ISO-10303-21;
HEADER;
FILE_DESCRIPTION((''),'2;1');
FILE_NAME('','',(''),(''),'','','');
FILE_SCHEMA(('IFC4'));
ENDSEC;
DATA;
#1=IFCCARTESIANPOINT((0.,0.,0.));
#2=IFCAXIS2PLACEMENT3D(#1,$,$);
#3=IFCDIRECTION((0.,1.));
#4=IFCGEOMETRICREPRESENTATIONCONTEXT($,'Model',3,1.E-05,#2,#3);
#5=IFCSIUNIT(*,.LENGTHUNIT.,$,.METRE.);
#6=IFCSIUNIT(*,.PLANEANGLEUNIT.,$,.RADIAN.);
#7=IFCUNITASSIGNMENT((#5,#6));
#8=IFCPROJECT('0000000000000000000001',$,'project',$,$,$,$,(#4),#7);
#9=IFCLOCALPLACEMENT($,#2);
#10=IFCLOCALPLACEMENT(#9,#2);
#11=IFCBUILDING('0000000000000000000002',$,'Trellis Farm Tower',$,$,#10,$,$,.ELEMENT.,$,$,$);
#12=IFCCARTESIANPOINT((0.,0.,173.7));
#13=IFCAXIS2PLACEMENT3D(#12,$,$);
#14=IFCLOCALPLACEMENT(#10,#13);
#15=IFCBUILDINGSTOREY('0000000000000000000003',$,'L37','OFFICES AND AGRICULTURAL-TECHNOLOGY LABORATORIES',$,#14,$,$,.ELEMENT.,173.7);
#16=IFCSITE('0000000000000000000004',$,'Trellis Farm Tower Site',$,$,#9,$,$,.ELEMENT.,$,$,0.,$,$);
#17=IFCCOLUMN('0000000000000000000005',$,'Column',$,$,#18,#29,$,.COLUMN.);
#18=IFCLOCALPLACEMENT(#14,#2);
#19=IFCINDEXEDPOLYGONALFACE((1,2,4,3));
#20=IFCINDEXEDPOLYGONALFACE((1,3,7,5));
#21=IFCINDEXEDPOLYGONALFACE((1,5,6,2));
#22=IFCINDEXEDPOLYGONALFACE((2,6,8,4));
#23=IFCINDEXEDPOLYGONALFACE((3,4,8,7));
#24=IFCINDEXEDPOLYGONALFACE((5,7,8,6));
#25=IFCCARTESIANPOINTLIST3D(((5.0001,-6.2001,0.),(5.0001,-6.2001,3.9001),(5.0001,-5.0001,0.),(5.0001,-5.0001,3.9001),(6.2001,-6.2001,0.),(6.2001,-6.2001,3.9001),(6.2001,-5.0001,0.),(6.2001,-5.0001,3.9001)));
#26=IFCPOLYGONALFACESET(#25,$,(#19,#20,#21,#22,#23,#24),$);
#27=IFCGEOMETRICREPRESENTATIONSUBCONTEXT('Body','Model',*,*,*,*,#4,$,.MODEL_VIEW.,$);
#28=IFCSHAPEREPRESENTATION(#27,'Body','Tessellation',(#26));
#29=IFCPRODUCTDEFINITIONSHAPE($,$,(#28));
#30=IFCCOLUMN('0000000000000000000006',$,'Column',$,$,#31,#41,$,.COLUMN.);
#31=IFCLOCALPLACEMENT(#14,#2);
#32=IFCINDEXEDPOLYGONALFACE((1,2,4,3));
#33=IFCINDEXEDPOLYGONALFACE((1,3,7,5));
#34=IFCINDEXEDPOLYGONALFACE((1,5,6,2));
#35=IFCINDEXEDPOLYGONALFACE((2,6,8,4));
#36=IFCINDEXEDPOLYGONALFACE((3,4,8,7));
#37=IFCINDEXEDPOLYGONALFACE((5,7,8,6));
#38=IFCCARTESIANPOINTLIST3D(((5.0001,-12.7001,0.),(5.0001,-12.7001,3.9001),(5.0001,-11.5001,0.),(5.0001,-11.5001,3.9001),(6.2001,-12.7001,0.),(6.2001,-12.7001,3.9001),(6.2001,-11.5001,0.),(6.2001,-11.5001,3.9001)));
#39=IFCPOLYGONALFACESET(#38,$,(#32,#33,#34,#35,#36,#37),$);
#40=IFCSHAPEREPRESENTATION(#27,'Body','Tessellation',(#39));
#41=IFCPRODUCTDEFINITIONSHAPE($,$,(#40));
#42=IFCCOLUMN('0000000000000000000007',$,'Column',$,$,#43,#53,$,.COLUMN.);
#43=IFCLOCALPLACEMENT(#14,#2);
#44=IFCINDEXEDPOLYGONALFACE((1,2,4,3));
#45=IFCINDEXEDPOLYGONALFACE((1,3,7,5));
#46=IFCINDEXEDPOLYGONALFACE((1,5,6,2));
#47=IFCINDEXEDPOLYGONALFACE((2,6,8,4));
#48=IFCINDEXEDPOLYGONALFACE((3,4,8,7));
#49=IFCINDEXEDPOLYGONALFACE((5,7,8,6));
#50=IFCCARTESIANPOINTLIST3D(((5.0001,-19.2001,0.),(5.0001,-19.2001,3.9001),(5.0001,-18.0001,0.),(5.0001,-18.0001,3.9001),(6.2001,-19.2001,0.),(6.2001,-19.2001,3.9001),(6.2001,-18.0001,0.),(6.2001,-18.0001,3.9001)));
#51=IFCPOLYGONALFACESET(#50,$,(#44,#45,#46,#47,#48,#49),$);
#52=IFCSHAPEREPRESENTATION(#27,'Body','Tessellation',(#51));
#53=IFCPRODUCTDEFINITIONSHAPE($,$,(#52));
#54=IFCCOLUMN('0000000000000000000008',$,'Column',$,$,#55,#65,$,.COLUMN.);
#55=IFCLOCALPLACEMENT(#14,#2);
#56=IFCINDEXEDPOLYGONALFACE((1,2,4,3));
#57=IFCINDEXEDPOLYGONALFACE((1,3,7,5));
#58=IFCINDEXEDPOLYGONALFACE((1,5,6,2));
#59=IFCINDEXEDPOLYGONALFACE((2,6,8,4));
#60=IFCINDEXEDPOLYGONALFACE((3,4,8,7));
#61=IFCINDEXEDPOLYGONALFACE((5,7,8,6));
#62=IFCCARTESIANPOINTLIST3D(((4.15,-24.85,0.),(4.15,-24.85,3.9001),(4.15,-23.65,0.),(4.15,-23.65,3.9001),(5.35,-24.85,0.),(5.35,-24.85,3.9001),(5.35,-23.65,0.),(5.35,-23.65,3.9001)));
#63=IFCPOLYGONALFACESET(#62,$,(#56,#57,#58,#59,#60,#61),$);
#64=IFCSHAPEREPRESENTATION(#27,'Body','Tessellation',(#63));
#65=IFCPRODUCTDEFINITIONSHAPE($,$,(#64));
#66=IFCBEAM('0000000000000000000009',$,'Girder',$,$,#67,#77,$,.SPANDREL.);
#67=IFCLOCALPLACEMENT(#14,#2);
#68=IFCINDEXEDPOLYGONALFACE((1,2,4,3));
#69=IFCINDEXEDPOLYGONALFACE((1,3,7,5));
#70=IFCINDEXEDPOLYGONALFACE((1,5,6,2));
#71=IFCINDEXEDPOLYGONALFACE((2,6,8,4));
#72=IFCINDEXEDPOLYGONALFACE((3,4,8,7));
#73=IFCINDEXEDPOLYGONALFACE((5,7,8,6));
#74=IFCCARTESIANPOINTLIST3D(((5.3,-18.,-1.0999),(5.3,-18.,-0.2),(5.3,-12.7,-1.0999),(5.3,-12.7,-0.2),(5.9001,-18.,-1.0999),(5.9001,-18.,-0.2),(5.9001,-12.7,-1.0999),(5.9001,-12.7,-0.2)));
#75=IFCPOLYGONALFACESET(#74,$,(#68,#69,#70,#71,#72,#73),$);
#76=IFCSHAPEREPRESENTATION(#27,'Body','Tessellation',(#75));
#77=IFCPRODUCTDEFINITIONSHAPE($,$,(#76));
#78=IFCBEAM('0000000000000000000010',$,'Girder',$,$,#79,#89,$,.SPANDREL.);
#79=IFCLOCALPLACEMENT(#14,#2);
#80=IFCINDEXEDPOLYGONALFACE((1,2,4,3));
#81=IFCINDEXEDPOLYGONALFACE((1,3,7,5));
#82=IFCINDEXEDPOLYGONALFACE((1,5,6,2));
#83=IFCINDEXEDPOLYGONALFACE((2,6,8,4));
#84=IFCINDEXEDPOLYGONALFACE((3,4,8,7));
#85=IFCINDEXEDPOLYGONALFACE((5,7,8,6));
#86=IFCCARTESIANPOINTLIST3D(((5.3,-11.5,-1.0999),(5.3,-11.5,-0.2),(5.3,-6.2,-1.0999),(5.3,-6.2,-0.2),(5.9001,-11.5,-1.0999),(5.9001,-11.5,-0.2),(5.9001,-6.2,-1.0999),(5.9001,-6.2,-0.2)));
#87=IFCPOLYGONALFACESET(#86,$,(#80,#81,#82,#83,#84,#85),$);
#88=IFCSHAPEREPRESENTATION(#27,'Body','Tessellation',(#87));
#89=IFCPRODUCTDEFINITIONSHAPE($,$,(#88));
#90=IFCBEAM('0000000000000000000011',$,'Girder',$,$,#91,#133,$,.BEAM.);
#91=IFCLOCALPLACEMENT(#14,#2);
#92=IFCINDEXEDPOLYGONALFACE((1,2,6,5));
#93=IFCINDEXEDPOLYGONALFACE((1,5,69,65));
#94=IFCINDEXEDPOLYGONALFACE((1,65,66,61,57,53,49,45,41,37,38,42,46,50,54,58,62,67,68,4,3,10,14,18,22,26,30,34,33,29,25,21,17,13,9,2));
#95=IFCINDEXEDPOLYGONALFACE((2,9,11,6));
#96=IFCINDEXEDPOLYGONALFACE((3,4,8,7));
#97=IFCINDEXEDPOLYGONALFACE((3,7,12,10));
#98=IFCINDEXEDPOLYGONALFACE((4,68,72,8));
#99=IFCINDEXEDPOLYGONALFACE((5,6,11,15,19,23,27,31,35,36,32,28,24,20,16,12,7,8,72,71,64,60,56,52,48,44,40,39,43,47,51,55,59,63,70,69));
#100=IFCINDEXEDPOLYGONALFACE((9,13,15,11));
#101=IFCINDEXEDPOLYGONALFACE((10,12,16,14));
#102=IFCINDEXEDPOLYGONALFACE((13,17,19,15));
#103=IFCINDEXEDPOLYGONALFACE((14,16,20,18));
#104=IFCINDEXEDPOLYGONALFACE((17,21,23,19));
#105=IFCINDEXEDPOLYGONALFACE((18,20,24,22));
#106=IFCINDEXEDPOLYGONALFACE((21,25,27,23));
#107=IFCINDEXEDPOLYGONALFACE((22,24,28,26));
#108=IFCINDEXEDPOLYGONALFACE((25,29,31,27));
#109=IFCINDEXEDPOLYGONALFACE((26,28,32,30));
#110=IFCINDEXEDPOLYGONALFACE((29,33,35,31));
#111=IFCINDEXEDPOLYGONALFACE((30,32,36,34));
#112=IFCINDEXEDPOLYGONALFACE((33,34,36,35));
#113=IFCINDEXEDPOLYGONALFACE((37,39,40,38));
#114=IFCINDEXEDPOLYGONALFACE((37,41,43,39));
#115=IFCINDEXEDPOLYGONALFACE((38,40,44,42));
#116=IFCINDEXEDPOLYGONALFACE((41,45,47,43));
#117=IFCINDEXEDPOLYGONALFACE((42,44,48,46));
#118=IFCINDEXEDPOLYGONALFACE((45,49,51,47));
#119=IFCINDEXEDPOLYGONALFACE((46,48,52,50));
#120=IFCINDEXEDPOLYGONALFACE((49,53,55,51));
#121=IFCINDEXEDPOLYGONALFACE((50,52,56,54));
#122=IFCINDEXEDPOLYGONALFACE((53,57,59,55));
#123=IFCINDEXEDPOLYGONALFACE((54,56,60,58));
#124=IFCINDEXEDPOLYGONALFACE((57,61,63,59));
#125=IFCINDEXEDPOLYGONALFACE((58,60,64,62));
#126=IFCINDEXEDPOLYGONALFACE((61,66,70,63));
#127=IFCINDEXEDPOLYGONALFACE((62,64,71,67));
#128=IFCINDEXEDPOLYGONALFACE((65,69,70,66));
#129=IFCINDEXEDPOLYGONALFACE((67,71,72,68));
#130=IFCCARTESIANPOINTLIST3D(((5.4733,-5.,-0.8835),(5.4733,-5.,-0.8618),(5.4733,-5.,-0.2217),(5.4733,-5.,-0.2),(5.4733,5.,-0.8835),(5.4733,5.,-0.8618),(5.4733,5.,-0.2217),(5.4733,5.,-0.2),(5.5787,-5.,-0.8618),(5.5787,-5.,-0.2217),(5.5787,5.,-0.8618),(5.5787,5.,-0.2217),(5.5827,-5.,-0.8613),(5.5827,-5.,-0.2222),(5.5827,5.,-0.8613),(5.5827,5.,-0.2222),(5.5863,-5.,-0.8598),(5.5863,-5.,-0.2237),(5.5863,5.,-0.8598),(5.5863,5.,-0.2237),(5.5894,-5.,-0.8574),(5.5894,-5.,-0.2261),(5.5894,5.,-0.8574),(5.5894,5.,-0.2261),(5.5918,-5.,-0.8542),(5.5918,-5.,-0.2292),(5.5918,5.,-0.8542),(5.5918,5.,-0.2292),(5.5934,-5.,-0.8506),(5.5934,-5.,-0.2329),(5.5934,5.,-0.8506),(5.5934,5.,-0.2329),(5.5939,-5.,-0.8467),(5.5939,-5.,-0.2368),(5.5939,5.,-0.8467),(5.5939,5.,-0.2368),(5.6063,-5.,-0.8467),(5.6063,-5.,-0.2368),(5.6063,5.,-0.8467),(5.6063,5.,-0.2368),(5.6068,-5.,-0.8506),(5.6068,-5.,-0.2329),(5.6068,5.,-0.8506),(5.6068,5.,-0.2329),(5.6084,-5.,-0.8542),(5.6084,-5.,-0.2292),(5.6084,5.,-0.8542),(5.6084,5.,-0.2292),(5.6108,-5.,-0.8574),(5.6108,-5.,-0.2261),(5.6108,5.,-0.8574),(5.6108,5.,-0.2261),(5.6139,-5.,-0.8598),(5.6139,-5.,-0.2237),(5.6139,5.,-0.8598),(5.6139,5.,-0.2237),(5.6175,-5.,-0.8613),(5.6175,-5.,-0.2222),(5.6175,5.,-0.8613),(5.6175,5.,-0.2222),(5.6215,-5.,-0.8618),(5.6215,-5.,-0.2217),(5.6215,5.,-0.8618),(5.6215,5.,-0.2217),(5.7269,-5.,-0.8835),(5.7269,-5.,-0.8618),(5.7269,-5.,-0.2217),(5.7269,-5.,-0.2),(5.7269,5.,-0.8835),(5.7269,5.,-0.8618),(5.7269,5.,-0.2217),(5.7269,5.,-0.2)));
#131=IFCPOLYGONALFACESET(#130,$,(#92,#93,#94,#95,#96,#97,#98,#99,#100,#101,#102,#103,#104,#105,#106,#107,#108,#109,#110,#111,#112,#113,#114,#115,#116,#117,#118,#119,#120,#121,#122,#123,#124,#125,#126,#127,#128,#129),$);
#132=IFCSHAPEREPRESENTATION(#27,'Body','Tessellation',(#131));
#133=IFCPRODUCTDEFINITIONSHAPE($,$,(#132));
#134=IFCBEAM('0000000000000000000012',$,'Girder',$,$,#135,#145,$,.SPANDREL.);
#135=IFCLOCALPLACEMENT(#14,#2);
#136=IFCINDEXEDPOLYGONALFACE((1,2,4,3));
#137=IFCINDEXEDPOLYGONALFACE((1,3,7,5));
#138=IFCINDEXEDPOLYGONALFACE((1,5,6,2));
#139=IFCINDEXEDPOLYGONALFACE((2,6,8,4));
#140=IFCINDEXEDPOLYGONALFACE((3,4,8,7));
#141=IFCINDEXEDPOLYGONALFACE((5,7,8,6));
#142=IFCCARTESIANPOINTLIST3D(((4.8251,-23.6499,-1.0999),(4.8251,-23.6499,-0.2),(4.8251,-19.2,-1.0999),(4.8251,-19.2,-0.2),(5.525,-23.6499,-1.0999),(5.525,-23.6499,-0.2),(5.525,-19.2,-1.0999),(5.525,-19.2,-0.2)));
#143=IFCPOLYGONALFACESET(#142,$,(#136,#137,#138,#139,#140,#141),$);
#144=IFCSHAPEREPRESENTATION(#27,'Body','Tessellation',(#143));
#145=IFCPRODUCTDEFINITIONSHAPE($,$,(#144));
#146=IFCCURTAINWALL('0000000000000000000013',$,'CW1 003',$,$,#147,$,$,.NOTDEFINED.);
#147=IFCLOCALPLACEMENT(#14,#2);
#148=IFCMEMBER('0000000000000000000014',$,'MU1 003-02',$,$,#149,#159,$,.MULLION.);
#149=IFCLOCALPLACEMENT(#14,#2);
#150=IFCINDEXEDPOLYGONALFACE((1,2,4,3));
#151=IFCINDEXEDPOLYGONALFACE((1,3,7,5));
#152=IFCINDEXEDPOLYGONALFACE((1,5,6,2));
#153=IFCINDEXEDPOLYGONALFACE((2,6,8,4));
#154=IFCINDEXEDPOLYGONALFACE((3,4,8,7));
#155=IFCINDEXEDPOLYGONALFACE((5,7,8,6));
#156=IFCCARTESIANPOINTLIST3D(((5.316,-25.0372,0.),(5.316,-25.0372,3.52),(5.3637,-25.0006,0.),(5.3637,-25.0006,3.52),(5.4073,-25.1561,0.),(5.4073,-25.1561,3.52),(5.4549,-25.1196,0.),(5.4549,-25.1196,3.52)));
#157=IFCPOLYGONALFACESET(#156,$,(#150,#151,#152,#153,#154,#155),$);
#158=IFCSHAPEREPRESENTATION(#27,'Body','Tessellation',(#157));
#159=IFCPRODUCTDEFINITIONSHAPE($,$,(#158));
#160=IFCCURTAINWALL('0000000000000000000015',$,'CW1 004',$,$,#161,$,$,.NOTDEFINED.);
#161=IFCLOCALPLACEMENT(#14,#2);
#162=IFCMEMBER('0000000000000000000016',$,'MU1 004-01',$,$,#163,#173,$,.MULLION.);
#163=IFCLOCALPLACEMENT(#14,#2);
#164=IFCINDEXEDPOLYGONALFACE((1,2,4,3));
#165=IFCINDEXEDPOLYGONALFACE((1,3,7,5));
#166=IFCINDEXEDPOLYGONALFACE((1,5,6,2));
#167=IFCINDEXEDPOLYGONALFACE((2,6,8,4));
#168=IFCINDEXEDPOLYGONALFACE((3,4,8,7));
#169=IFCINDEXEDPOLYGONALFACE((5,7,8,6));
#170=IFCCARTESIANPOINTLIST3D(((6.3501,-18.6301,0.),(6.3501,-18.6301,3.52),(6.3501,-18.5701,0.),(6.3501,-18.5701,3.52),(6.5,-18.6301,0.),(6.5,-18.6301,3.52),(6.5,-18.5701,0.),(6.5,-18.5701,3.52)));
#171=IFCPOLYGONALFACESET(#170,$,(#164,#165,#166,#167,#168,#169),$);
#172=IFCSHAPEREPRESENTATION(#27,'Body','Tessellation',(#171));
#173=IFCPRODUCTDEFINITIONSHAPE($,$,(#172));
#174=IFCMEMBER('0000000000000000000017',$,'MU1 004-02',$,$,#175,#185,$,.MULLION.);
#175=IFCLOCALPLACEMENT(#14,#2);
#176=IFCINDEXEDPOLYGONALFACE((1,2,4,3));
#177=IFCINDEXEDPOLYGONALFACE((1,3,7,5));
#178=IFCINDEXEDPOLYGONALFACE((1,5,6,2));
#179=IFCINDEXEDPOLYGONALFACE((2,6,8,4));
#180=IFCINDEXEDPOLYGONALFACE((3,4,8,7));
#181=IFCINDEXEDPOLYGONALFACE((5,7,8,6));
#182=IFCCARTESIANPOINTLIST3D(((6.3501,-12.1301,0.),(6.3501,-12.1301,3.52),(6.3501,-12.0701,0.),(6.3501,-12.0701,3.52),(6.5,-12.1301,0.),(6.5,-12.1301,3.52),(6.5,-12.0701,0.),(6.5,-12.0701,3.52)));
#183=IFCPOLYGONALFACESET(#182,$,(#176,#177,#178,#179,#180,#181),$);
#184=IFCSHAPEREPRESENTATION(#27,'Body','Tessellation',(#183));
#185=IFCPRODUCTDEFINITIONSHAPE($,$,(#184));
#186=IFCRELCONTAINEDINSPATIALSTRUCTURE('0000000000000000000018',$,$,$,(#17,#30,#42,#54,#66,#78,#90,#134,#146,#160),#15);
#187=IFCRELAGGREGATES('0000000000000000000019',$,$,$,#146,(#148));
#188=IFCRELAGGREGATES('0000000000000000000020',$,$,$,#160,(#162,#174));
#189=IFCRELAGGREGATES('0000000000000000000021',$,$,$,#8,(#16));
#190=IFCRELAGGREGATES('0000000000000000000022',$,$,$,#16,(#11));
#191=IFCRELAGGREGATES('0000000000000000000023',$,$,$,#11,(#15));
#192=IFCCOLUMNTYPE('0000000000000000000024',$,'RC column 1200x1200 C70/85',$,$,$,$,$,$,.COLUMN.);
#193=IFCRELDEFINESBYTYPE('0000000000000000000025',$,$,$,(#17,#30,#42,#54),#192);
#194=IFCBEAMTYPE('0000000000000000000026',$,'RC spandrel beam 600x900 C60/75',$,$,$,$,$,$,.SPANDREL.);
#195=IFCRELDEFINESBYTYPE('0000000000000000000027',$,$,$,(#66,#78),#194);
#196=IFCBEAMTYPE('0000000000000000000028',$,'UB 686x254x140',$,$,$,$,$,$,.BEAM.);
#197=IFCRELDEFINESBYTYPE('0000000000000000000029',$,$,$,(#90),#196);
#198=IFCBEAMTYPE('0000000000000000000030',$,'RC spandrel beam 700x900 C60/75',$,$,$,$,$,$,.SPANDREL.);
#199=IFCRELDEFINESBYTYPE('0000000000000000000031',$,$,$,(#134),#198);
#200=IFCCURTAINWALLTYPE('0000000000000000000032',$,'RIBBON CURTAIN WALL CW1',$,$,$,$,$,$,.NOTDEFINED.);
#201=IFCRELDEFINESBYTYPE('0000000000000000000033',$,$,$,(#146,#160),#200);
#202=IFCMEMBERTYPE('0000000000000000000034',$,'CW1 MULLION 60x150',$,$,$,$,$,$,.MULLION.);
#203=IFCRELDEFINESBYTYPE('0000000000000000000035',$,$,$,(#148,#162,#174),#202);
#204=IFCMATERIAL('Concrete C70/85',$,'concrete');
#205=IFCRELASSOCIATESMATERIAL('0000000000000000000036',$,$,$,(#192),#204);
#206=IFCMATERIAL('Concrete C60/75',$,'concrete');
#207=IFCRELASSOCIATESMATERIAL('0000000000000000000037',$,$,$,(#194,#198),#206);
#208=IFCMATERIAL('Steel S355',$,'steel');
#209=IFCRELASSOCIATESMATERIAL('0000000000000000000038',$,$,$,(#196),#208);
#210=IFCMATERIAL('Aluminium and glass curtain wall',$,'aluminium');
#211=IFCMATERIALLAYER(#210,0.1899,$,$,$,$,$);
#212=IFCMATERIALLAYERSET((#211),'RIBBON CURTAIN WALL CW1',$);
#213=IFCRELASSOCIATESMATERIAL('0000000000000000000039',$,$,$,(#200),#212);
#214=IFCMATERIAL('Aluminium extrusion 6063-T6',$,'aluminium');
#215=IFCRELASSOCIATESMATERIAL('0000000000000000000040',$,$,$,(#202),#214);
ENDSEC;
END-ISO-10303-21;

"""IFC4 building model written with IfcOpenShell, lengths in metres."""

from ifc_helpers import new_model, si_unit, direction, frame, origin, origin_2d, place, context, subcontext, project, spatial, rectangle, i_section, extrude, source, transform, mapped, material, layer, layer_set, material_profile, profile_set, type_object, element, aggregate, save


model = new_model("IFC4")

# Units and contexts
model_context = context("Model", 3, precision=1e-05, world=origin(), true_north=direction((0.0, 1.0)))
body_context = subcontext(model_context, "Body", "Model", "MODEL_VIEW")
ifc_project = project(units=[si_unit("LENGTHUNIT", "METRE"), si_unit("PLANEANGLEUNIT", "RADIAN")], contexts=[model_context])

# Site, building, storey
site_placement = place(None, origin())
site = spatial("IfcSite", under=ifc_project, at=site_placement, Name="Trellis Farm Tower Site", CompositionType="ELEMENT", RefElevation=0.0)
building_placement = place(site_placement, origin())
building = spatial("IfcBuilding", under=site, at=building_placement, Name="Trellis Farm Tower", CompositionType="ELEMENT")
storey_placement = place(building_placement, frame((0.0, 0.0, 173.7)))
storey = spatial("IfcBuildingStorey", under=building, at=storey_placement, Name="L37", Description="OFFICES AND AGRICULTURAL-TECHNOLOGY LABORATORIES", CompositionType="ELEMENT", Elevation=173.7)

# Columns
ifc_material_1 = material(Name="Concrete C70/85", Category="concrete")
ifc_material_profile_1 = material_profile(ifc_material_1, rectangle(XDim=1.2, YDim=1.2, at=origin_2d()), Name="RC column 1200x1200 C70/85")
ifc_profile_set_1 = profile_set([ifc_material_profile_1], Name="Concrete C70/85")
column_type = type_object("IfcColumnType", Name="RC column 1200x1200 C70/85", PredefinedType="COLUMN", material=ifc_profile_set_1)
shared_shape_1 = source(origin(), body_context, "Body", "SweptSolid", [
    extrude(rectangle(XDim=1.2, YDim=1.2, at=origin_2d()), origin(), (0.0, 0.0, 1.0), 3.9001),
])
for number, where, z_axis, x_axis, name in (
    (1, (5.6001, -5.6001, 0.0), (0.0, 0.0, 1.0), (1.0, 0.0, 0.0), "Column"),
    (2, (5.6001, -12.1001, 0.0), (0.0, 0.0, 1.0), (1.0, 0.0, 0.0), "Column"),
    (3, (5.6001, -18.6001, 0.0), (0.0, 0.0, 1.0), (1.0, 0.0, 0.0), "Column"),
    (4, (4.75, -24.25, 0.0), (0.0, 0.0, 1.0), (1.0, 0.0, 0.0), "Column"),
):
    element("IfcColumn", number, at=place(storey_placement, frame(where, z_axis=z_axis, x_axis=x_axis)), inside=storey, type_object=column_type, Name=name, PredefinedType="COLUMN", context=body_context, shape_type="MappedRepresentation", body=[
        mapped(shared_shape_1, transform((0.0, 0.0, 0.0))),
    ])

# Beams
ifc_material_2 = material(Name="Concrete C60/75", Category="concrete")
ifc_material_profile_2 = material_profile(ifc_material_2, rectangle(XDim=0.6001, YDim=0.8999, at=origin_2d()), Name="RC spandrel beam 600x900 C60/75")
ifc_profile_set_2 = profile_set([ifc_material_profile_2], Name="Concrete C60/75")
beam_type_1 = type_object("IfcBeamType", Name="RC spandrel beam 600x900 C60/75", PredefinedType="SPANDREL", material=ifc_profile_set_2)
shared_shape_2 = source(origin(), body_context, "Body", "SweptSolid", [
    extrude(rectangle(XDim=0.6001, YDim=0.8999, at=origin_2d()), origin(), (0.0, 0.0, 1.0), 5.3),
])
for number, where, z_axis, x_axis, name in (
    (5, (5.6001, -18.0, -0.6499), (0.0, 1.0, 0.0), (-1.0, 0.0, 0.0), "Girder"),
    (6, (5.6001, -11.5, -0.6499), (0.0, 1.0, 0.0), (-1.0, 0.0, 0.0), "Girder"),
):
    element("IfcBeam", number, at=place(storey_placement, frame(where, z_axis=z_axis, x_axis=x_axis)), inside=storey, type_object=beam_type_1, Name=name, PredefinedType="SPANDREL", context=body_context, shape_type="MappedRepresentation", body=[
        mapped(shared_shape_2, transform((0.0, 0.0, 0.0))),
    ])
ifc_material_3 = material(Name="Steel S355", Category="steel")
ifc_material_profile_3 = material_profile(ifc_material_3, i_section(OverallWidth=0.2537, OverallDepth=0.6836, WebThickness=0.0125, FlangeThickness=0.0217, FilletRadius=0.0151, at=origin_2d()), Name="UB 686x254x140")
ifc_profile_set_3 = profile_set([ifc_material_profile_3], Name="Steel S355")
beam_type_2 = type_object("IfcBeamType", Name="UB 686x254x140", PredefinedType="BEAM", material=ifc_profile_set_3)
shared_shape_3 = source(origin(), body_context, "Body", "SweptSolid", [
    extrude(i_section(OverallWidth=0.2537, OverallDepth=0.6836, WebThickness=0.0125, FlangeThickness=0.0217, FilletRadius=0.0151, at=origin_2d()), origin(), (0.0, 0.0, 1.0), 10.0),
])
beam_1_placement = place(storey_placement, frame((5.6001, -5.0, -0.5417), z_axis=(0.0, 1.0, 0.0), x_axis=(-1.0, 0.0, 0.0)))
element("IfcBeam", 7, at=beam_1_placement, inside=storey, type_object=beam_type_2, Name="Girder", PredefinedType="BEAM", context=body_context, shape_type="MappedRepresentation", body=[
    mapped(shared_shape_3, transform((0.0, 0.0, 0.0))),
])
ifc_material_profile_4 = material_profile(ifc_material_2, rectangle(XDim=0.7, YDim=0.8999, at=origin_2d()), Name="RC spandrel beam 700x900 C60/75")
ifc_profile_set_4 = profile_set([ifc_material_profile_4], Name="Concrete C60/75")
beam_type_3 = type_object("IfcBeamType", Name="RC spandrel beam 700x900 C60/75", PredefinedType="SPANDREL", material=ifc_profile_set_4)
shared_shape_4 = source(origin(), body_context, "Body", "SweptSolid", [
    extrude(rectangle(XDim=0.7, YDim=0.8999, at=origin_2d()), origin(), (0.0, 0.0, 1.0), 4.45),
])
beam_2_placement = place(storey_placement, frame((5.175, -23.6499, -0.6499), z_axis=(0.0, 1.0, 0.0), x_axis=(-1.0, 0.0, 0.0)))
element("IfcBeam", 8, at=beam_2_placement, inside=storey, type_object=beam_type_3, Name="Girder", PredefinedType="SPANDREL", context=body_context, shape_type="MappedRepresentation", body=[
    mapped(shared_shape_4, transform((0.0, 0.0, 0.0))),
])

# Curtain wall, member
ifc_material_4 = material(Name="Aluminium and glass curtain wall", Category="aluminium")
ifc_layer_1 = layer(ifc_material_4, 0.1899)
ifc_layer_set_1 = layer_set([ifc_layer_1], Name="RIBBON CURTAIN WALL CW1")
curtain_wall_type_1 = type_object("IfcCurtainWallType", Name="RIBBON CURTAIN WALL CW1", PredefinedType="NOTDEFINED", material=ifc_layer_set_1)
placement = place(storey_placement, origin())
curtain_wall_1 = element("IfcCurtainWall", 9, at=placement, inside=storey, type_object=curtain_wall_type_1, Name="CW1 003", PredefinedType="NOTDEFINED")
ifc_material_5 = material(Name="Aluminium extrusion 6063-T6", Category="aluminium")
ifc_material_profile_5 = material_profile(ifc_material_5, rectangle(XDim=0.0601, YDim=0.1499, at=origin_2d()), Name="MULLION 60x150")
ifc_profile_set_5 = profile_set([ifc_material_profile_5], Name="Aluminium extrusion 6063-T6")
member_type_1 = type_object("IfcMemberType", Name="CW1 MULLION 60x150", PredefinedType="MULLION", material=ifc_profile_set_5)
shared_shape_5 = source(origin(), body_context, "Body", "SweptSolid", [
    extrude(rectangle(XDim=0.0601, YDim=0.1499, at=origin_2d()), origin(), (0.0, 0.0, 1.0), 3.52),
])
member_1_placement = place(storey_placement, frame((5.3855, -25.0784, 0.0), z_axis=(0.0, 0.0, 1.0), x_axis=(0.793353, 0.608761, 0.0)))
member_1 = element("IfcMember", 10, at=member_1_placement, type_object=member_type_1, Name="MU1 003-02", PredefinedType="MULLION", context=body_context, shape_type="MappedRepresentation", body=[
    mapped(shared_shape_5, transform((0.0, 0.0, 0.0))),
])
aggregate(curtain_wall_1, [member_1])

# Curtain wall, members
curtain_wall_2 = element("IfcCurtainWall", 11, at=placement, inside=storey, type_object=curtain_wall_type_1, Name="CW1 004", PredefinedType="NOTDEFINED")
member_2_placement = place(storey_placement, frame((6.425, -18.6001, 0.0), z_axis=(0.0, 0.0, 1.0), x_axis=(0.0, 1.0, 0.0)))
member_2 = element("IfcMember", 12, at=member_2_placement, type_object=member_type_1, Name="MU1 004-01", PredefinedType="MULLION", context=body_context, shape_type="MappedRepresentation", body=[
    mapped(shared_shape_5, transform((0.0, 0.0, 0.0))),
])
member_3_placement = place(storey_placement, frame((6.425, -12.1001, 0.0), z_axis=(0.0, 0.0, 1.0), x_axis=(0.0, 1.0, 0.0)))
member_3 = element("IfcMember", 13, at=member_3_placement, type_object=member_type_1, Name="MU1 004-02", PredefinedType="MULLION", context=body_context, shape_type="MappedRepresentation", body=[
    mapped(shared_shape_5, transform((0.0, 0.0, 0.0))),
])
aggregate(curtain_wall_2, [member_2, member_3])

save(model, "model.ifc")
